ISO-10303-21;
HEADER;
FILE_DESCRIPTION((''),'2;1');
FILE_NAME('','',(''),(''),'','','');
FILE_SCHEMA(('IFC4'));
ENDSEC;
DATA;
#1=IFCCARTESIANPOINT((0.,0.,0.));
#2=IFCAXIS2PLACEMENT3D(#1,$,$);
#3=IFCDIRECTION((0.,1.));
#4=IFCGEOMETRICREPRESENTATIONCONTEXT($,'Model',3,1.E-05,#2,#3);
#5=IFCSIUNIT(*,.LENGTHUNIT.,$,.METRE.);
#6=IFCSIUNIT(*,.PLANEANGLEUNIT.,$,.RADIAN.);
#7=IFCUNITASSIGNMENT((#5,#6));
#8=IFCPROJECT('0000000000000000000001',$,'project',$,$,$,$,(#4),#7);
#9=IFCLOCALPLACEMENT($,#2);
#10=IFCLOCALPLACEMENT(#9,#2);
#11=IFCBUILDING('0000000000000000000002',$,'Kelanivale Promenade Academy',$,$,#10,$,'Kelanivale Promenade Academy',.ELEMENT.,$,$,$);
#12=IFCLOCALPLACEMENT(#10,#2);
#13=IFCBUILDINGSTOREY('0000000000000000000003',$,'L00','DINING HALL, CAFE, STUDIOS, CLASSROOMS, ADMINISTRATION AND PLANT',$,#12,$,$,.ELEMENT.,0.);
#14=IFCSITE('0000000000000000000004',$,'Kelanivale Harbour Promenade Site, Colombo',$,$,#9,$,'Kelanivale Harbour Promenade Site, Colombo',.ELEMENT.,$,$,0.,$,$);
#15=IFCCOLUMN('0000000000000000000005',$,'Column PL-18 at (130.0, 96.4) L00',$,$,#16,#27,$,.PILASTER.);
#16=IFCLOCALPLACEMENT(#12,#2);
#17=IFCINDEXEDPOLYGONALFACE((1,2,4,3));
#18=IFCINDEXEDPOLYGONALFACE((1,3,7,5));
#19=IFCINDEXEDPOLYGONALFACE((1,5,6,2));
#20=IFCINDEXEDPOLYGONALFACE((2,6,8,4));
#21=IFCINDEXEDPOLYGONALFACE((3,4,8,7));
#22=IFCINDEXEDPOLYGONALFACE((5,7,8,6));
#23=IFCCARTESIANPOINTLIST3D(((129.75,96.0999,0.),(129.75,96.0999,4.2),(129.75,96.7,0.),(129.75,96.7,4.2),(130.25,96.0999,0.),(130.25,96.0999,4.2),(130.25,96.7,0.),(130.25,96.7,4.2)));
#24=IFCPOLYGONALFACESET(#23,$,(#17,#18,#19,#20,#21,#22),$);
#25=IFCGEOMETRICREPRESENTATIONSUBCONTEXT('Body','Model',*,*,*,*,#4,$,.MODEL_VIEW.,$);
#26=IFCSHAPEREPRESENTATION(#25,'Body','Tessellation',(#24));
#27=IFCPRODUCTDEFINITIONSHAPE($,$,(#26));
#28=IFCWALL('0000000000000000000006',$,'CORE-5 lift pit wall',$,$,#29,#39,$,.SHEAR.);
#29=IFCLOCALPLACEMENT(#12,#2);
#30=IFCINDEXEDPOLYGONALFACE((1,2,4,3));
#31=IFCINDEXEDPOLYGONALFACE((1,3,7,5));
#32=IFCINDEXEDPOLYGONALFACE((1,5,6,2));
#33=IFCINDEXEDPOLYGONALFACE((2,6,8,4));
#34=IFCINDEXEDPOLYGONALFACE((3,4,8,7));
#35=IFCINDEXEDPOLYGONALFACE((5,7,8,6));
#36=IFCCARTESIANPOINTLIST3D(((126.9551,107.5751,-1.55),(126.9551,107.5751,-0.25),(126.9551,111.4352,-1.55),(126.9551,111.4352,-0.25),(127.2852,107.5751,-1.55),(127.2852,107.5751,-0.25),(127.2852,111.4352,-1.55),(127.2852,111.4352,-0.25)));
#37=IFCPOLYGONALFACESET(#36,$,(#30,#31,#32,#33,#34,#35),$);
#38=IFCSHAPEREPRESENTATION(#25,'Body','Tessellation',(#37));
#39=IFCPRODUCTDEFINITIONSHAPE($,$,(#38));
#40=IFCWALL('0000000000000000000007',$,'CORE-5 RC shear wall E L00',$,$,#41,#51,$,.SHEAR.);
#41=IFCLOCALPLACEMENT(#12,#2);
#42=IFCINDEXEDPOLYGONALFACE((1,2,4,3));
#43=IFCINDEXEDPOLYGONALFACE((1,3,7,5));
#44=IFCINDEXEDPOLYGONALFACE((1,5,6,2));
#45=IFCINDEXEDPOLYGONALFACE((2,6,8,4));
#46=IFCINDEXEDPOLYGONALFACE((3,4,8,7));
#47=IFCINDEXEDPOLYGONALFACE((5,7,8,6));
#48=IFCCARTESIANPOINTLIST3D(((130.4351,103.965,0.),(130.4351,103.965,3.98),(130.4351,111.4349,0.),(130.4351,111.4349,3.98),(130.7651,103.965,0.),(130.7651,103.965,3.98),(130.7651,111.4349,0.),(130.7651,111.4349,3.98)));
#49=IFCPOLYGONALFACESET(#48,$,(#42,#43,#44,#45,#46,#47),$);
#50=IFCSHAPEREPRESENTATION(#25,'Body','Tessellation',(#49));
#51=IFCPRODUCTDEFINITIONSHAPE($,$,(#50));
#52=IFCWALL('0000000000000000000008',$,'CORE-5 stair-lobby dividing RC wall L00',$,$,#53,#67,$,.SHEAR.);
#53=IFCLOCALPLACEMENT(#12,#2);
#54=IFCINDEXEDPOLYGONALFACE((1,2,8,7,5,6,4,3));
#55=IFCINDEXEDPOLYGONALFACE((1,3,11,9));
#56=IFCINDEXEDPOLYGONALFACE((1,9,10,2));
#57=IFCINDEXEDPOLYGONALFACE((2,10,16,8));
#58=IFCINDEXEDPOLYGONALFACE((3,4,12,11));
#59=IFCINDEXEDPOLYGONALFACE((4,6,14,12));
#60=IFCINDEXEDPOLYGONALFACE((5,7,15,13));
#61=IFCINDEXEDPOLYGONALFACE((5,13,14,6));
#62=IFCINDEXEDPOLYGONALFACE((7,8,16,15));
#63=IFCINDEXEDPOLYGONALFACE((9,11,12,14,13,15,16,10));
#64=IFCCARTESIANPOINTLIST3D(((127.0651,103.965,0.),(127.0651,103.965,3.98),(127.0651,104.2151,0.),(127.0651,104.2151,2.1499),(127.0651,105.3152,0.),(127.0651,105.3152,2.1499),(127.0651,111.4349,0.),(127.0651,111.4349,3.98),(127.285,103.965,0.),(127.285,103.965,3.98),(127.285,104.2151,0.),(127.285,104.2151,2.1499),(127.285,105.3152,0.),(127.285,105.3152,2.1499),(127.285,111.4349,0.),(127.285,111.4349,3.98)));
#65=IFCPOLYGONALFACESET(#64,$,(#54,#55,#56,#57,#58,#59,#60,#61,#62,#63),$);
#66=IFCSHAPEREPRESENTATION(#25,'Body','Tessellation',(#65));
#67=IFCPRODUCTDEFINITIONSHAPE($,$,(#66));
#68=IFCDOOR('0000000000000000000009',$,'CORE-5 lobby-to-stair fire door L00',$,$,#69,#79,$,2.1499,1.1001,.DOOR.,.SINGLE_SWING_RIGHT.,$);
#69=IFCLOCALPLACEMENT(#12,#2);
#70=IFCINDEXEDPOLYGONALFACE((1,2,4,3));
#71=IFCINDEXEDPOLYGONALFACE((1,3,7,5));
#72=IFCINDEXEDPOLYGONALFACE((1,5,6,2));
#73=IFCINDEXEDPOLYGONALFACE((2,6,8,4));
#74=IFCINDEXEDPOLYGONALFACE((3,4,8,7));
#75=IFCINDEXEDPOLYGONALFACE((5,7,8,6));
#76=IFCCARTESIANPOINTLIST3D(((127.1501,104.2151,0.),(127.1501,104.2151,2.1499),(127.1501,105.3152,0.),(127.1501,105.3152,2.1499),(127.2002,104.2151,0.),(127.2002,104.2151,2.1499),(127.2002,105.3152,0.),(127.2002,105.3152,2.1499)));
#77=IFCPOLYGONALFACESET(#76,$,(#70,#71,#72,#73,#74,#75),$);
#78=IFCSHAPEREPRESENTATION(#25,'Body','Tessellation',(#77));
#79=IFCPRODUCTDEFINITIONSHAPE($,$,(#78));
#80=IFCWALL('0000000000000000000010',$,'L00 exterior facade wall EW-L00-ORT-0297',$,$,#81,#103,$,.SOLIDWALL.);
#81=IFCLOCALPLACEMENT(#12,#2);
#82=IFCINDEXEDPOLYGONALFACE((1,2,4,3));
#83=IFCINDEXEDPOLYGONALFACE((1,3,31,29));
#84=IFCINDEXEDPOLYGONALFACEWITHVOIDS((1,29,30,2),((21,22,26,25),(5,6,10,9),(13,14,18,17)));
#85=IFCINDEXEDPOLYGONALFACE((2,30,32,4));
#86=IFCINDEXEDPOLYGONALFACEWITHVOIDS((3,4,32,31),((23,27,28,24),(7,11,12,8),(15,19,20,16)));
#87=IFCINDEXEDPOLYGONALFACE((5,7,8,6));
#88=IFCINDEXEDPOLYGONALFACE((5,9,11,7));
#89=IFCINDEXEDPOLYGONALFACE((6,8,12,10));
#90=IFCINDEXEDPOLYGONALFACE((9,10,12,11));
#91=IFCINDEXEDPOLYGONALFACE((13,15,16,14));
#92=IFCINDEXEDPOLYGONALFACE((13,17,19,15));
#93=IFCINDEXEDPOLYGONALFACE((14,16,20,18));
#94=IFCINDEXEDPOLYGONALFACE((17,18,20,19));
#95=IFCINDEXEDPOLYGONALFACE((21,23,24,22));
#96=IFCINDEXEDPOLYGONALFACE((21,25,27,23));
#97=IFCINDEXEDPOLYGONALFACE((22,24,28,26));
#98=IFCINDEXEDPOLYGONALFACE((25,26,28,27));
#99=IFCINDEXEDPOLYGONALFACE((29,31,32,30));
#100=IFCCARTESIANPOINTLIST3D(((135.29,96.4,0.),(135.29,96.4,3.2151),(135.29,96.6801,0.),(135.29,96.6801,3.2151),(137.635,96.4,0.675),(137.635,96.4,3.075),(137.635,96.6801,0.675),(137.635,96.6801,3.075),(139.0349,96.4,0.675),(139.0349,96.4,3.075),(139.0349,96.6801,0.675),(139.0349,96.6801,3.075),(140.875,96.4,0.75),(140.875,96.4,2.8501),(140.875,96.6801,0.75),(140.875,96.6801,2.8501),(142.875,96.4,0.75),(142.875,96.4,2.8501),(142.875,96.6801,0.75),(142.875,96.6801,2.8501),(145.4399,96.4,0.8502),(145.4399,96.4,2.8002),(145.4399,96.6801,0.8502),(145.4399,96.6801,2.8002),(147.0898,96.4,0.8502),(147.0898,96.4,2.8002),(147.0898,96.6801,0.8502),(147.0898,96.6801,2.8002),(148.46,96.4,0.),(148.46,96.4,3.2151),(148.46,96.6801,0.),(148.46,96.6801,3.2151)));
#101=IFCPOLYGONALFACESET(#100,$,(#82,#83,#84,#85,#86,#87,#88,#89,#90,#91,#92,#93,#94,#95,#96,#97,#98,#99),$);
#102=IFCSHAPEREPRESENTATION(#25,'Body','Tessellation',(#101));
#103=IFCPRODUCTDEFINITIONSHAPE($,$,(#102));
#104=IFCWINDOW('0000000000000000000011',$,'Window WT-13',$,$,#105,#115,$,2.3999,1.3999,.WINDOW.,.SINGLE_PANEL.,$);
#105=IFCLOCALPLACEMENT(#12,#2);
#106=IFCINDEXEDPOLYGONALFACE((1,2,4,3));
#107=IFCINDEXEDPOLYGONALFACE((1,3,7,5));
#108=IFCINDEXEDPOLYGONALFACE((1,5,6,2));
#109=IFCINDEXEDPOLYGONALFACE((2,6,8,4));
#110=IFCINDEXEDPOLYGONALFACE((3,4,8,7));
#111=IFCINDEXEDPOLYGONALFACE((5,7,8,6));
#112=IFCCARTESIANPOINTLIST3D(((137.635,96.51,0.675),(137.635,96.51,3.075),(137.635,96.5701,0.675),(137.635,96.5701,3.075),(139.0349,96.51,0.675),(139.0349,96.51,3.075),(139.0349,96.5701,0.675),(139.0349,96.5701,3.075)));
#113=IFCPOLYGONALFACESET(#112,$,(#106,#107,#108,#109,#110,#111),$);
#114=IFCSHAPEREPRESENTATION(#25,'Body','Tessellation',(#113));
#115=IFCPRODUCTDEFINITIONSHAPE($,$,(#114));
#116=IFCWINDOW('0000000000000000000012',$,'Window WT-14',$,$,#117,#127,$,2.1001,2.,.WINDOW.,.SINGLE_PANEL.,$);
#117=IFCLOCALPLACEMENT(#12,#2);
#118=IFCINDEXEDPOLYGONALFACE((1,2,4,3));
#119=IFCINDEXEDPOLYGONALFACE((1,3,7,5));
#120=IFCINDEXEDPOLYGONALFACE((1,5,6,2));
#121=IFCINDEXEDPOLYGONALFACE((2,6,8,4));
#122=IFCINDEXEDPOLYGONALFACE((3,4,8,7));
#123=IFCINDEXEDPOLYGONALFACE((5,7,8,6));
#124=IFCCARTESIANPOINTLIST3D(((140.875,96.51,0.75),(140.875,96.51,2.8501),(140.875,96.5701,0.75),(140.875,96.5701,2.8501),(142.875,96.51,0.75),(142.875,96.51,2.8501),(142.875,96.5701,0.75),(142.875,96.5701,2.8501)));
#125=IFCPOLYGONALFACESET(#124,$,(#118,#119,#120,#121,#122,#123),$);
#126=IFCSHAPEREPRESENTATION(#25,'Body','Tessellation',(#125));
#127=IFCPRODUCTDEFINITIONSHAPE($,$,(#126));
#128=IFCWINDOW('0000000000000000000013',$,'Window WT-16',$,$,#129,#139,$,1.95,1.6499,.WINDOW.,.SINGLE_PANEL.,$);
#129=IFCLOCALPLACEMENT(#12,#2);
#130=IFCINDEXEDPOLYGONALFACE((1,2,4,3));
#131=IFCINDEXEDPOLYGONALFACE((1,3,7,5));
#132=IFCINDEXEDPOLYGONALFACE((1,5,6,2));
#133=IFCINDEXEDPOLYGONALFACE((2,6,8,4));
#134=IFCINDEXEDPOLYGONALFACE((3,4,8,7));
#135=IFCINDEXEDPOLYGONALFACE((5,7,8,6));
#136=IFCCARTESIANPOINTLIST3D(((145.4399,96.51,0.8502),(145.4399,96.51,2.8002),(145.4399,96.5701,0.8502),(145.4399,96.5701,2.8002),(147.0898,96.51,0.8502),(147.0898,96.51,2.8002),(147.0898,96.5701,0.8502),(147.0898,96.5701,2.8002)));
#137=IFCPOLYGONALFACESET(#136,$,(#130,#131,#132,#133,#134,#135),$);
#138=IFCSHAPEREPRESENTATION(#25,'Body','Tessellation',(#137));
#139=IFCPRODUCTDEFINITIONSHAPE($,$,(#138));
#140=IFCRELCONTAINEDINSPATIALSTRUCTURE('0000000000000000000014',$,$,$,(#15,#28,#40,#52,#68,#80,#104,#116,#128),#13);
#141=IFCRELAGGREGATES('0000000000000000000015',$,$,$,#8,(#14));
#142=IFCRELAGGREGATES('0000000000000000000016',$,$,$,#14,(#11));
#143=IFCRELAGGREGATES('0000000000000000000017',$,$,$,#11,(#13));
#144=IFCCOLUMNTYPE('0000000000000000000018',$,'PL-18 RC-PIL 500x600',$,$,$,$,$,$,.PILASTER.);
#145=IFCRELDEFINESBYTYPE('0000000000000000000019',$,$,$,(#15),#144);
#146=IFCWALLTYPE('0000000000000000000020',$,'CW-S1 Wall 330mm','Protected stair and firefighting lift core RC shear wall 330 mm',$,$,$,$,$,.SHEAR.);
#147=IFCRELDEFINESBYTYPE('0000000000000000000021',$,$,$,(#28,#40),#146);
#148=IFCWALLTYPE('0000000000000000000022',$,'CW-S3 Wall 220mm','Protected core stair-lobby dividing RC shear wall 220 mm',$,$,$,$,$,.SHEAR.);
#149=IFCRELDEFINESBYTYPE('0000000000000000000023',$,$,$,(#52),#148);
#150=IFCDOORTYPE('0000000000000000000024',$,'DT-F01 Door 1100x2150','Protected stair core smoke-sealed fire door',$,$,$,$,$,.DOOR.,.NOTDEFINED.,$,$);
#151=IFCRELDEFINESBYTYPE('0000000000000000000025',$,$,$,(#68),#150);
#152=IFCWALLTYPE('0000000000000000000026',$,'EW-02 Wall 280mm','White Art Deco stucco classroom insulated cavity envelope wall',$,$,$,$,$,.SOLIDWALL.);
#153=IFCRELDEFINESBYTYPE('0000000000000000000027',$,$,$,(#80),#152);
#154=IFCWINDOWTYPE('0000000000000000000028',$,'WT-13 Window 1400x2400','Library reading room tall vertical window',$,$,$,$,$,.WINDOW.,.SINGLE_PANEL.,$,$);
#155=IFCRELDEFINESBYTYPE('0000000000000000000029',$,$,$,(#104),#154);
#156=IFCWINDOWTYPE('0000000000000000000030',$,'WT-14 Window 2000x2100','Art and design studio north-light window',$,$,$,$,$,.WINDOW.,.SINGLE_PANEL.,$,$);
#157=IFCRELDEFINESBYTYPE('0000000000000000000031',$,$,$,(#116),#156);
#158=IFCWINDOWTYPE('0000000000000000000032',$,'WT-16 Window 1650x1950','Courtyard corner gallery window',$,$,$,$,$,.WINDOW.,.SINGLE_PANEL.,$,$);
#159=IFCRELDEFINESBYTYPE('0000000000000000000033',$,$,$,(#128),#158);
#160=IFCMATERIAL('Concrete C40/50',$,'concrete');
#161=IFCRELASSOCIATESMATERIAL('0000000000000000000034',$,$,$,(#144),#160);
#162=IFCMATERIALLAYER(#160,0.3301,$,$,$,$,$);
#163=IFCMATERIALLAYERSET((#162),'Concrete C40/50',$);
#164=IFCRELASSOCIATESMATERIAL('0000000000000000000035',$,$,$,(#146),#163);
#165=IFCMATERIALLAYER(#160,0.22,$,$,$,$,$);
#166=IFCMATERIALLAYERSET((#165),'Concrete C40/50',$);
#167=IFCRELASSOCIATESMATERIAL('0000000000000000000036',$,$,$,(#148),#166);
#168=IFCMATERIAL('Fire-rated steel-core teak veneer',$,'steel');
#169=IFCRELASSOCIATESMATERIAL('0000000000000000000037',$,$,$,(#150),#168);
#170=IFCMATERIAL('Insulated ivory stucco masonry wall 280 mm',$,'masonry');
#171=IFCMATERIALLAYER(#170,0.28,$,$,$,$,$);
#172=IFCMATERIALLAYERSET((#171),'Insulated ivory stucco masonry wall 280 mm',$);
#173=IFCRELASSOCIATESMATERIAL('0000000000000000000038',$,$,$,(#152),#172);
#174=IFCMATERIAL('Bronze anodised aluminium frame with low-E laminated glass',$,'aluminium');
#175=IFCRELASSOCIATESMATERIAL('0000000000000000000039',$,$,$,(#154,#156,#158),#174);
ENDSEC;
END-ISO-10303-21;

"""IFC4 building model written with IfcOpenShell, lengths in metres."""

from ifc_helpers import new_model, si_unit, direction, frame, frame_2d, origin, origin_2d, place, context, subcontext, project, spatial, rectangle, extrude, material, layer, layer_set, material_profile, profile_set, type_object, element, fill, save


model = new_model("IFC4")

# Units and contexts
model_context = context("Model", 3, precision=1e-05, world=origin(), true_north=direction((0.0, 1.0)))
body_context = subcontext(model_context, "Body", "Model", "MODEL_VIEW")
ifc_project = project(units=[si_unit("LENGTHUNIT", "METRE"), si_unit("PLANEANGLEUNIT", "RADIAN")], contexts=[model_context])

# Site, building, storey
site_placement = place(None, origin())
site = spatial("IfcSite", under=ifc_project, at=site_placement, Name="Kelanivale Harbour Promenade Site, Colombo", LongName="Kelanivale Harbour Promenade Site, Colombo", CompositionType="ELEMENT", RefElevation=0.0)
building_placement = place(site_placement, origin())
building = spatial("IfcBuilding", under=site, at=building_placement, Name="Kelanivale Promenade Academy", LongName="Kelanivale Promenade Academy", CompositionType="ELEMENT")
storey_placement = place(building_placement, origin())
storey = spatial("IfcBuildingStorey", under=building, at=storey_placement, Name="L00", Description="DINING HALL, CAFE, STUDIOS, CLASSROOMS, ADMINISTRATION AND PLANT", CompositionType="ELEMENT", Elevation=0.0)

# Column
ifc_material_1 = material(Name="Concrete C40/50", Category="concrete")
ifc_material_profile_1 = material_profile(ifc_material_1, rectangle(XDim=0.5, YDim=0.6001, at=origin_2d()), Name="RC-PIL 500x600")
ifc_profile_set_1 = profile_set([ifc_material_profile_1], Name="Concrete C40/50")
column_type_1 = type_object("IfcColumnType", Name="PL-18 RC-PIL 500x600", PredefinedType="PILASTER", material=ifc_profile_set_1)
column_1_placement = place(storey_placement, frame((130.0, 96.3999, 0.0), z_axis=(0.0, 0.0, 1.0), x_axis=(1.0, 0.0, 0.0)))
element("IfcColumn", 1, at=column_1_placement, inside=storey, type_object=column_type_1, Name="Column PL-18 at (130.0, 96.4) L00", PredefinedType="PILASTER", context=body_context, shape_type="SweptSolid", body=[
    extrude(rectangle(XDim=0.5, YDim=0.6001, at=origin_2d()), origin(), (0.0, 0.0, 1.0), 4.2),
])

# Walls
ifc_layer_1 = layer(ifc_material_1, 0.3301)
ifc_layer_set_1 = layer_set([ifc_layer_1], Name="Concrete C40/50")
wall_type_1 = type_object("IfcWallType", Name="CW-S1 Wall 330mm", Description="Protected stair and firefighting lift core RC shear wall 330 mm", PredefinedType="SHEAR", material=ifc_layer_set_1)
wall_1_placement = place(storey_placement, frame((127.1201, 107.575, -1.55), z_axis=(0.0, 0.0, 1.0), x_axis=(0.0, 1.0, 0.0)))
element("IfcWall", 2, at=wall_1_placement, inside=storey, type_object=wall_type_1, Name="CORE-5 lift pit wall", PredefinedType="SHEAR", context=body_context, shape_type="SweptSolid", body=[
    extrude(rectangle(XDim=3.8601, YDim=0.3301, at=frame_2d((1.9302, 0.0))), origin(), (0.0, 0.0, 1.0), 1.3),
])
wall_2_placement = place(storey_placement, frame((130.6001, 103.9651, 0.0), z_axis=(0.0, 0.0, 1.0), x_axis=(0.0, 1.0, 0.0)))
element("IfcWall", 3, at=wall_2_placement, inside=storey, type_object=wall_type_1, Name="CORE-5 RC shear wall E L00", PredefinedType="SHEAR", context=body_context, shape_type="SweptSolid", body=[
    extrude(rectangle(XDim=7.47, YDim=0.3301, at=frame_2d((3.7349, 0.0))), origin(), (0.0, 0.0, 1.0), 3.98),
])

# Shared definitions
ifc_material_2 = material(Name="Fire-rated steel-core teak veneer", Category="steel")

# Wall, opening, door
ifc_layer_2 = layer(ifc_material_1, 0.22)
ifc_layer_set_2 = layer_set([ifc_layer_2], Name="Concrete C40/50")
wall_type_2 = type_object("IfcWallType", Name="CW-S3 Wall 220mm", Description="Protected core stair-lobby dividing RC shear wall 220 mm", PredefinedType="SHEAR", material=ifc_layer_set_2)
wall_3_placement = place(storey_placement, frame((127.175, 103.9651, 0.0), z_axis=(0.0, 0.0, 1.0), x_axis=(0.0, 1.0, 0.0)))
wall_3 = element("IfcWall", 4, at=wall_3_placement, inside=storey, type_object=wall_type_2, Name="CORE-5 stair-lobby dividing RC wall L00", PredefinedType="SHEAR", context=body_context, shape_type="SweptSolid", body=[
    extrude(rectangle(XDim=7.47, YDim=0.22, at=frame_2d((3.7349, 0.0))), origin(), (0.0, 0.0, 1.0), 3.98),
])
opening_1_placement = place(wall_3_placement, frame((0.25, 0.0, 0.0)))
opening_1 = element("IfcOpeningElement", 5, at=opening_1_placement, cuts=wall_3, PredefinedType="OPENING", context=body_context, shape_type="SweptSolid", body=[
    extrude(rectangle(XDim=1.1001, YDim=2.1499, at=frame_2d((0.55, 1.075))), frame((0.0, 0.1201, 0.0), z_axis=(0.0, -1.0, 0.0), x_axis=(1.0, 0.0, 0.0)), (0.0, 0.0, 1.0), 0.24),
])
door_type_1 = type_object("IfcDoorType", Name="DT-F01 Door 1100x2150", Description="Protected stair core smoke-sealed fire door", OperationType="NOTDEFINED", PredefinedType="DOOR", material=ifc_material_2)
door_1_placement = place(opening_1_placement, origin())
door_1 = element("IfcDoor", 6, at=door_1_placement, inside=storey, type_object=door_type_1, Name="CORE-5 lobby-to-stair fire door L00", OperationType="SINGLE_SWING_RIGHT", OverallHeight=2.1499, OverallWidth=1.1001, PredefinedType="DOOR", context=body_context, shape_type="SweptSolid", body=[
    extrude(rectangle(XDim=1.1001, YDim=2.1499, at=frame_2d((0.55, 1.075))), frame((0.0, 0.0249, 0.0), z_axis=(0.0, -1.0, 0.0), x_axis=(1.0, 0.0, 0.0)), (0.0, 0.0, 1.0), 0.05),
])
fill(opening_1, door_1)

# Wall, openings, windows
ifc_material_3 = material(Name="Insulated ivory stucco masonry wall 280 mm", Category="masonry")
ifc_layer_3 = layer(ifc_material_3, 0.28)
ifc_layer_set_3 = layer_set([ifc_layer_3], Name="Insulated ivory stucco masonry wall 280 mm")
wall_type_3 = type_object("IfcWallType", Name="EW-02 Wall 280mm", Description="White Art Deco stucco classroom insulated cavity envelope wall", PredefinedType="SOLIDWALL", material=ifc_layer_set_3)
wall_4_placement = place(storey_placement, frame((135.29, 96.54, 0.0), z_axis=(0.0, 0.0, 1.0), x_axis=(1.0, 0.0, 0.0)))
wall_4 = element("IfcWall", 7, at=wall_4_placement, inside=storey, type_object=wall_type_3, Name="L00 exterior facade wall EW-L00-ORT-0297", PredefinedType="SOLIDWALL", context=body_context, shape_type="SweptSolid", body=[
    extrude(rectangle(XDim=13.1699, YDim=0.28, at=frame_2d((6.585, 0.0))), origin(), (0.0, 0.0, 1.0), 3.2151),
])
opening_2_placement = place(wall_4_placement, frame((2.345, 0.0, 0.675)))
opening_2 = element("IfcOpeningElement", 8, at=opening_2_placement, cuts=wall_4, PredefinedType="OPENING", context=body_context, shape_type="SweptSolid", body=[
    extrude(rectangle(XDim=1.3999, YDim=2.3999, at=frame_2d((0.7, 1.2))), frame((0.0, 0.1499, 0.0), z_axis=(0.0, -1.0, 0.0), x_axis=(1.0, 0.0, 0.0)), (0.0, 0.0, 1.0), 0.3),
])
opening_3_placement = place(wall_4_placement, frame((5.585, 0.0, 0.75)))
opening_3 = element("IfcOpeningElement", 9, at=opening_3_placement, cuts=wall_4, PredefinedType="OPENING", context=body_context, shape_type="SweptSolid", body=[
    extrude(rectangle(XDim=2.0, YDim=2.1001, at=frame_2d((1.0, 1.05))), frame((0.0, 0.1499, 0.0), z_axis=(0.0, -1.0, 0.0), x_axis=(1.0, 0.0, 0.0)), (0.0, 0.0, 1.0), 0.3),
])
opening_4_placement = place(wall_4_placement, frame((10.1499, 0.0, 0.8501)))
opening_4 = element("IfcOpeningElement", 10, at=opening_4_placement, cuts=wall_4, PredefinedType="OPENING", context=body_context, shape_type="SweptSolid", body=[
    extrude(rectangle(XDim=1.6499, YDim=1.95, at=frame_2d((0.825, 0.9751))), frame((0.0, 0.1499, 0.0), z_axis=(0.0, -1.0, 0.0), x_axis=(1.0, 0.0, 0.0)), (0.0, 0.0, 1.0), 0.3),
])
ifc_material_4 = material(Name="Bronze anodised aluminium frame with low-E laminated glass", Category="aluminium")
window_type_1 = type_object("IfcWindowType", Name="WT-13 Window 1400x2400", Description="Library reading room tall vertical window", PartitioningType="SINGLE_PANEL", PredefinedType="WINDOW", material=ifc_material_4)
window_1_placement = place(opening_2_placement, origin())
window_1 = element("IfcWindow", 11, at=window_1_placement, inside=storey, type_object=window_type_1, Name="Window WT-13", OverallHeight=2.3999, OverallWidth=1.3999, PartitioningType="SINGLE_PANEL", PredefinedType="WINDOW", context=body_context, shape_type="SweptSolid", body=[
    extrude(rectangle(XDim=1.3999, YDim=2.3999, at=frame_2d((0.7, 1.2))), frame((0.0, 0.03, 0.0), z_axis=(0.0, -1.0, 0.0), x_axis=(1.0, 0.0, 0.0)), (0.0, 0.0, 1.0), 0.0601),
])
fill(opening_2, window_1)
window_type_2 = type_object("IfcWindowType", Name="WT-14 Window 2000x2100", Description="Art and design studio north-light window", PartitioningType="SINGLE_PANEL", PredefinedType="WINDOW", material=ifc_material_4)
window_2_placement = place(opening_3_placement, origin())
window_2 = element("IfcWindow", 12, at=window_2_placement, inside=storey, type_object=window_type_2, Name="Window WT-14", OverallHeight=2.1001, OverallWidth=2.0, PartitioningType="SINGLE_PANEL", PredefinedType="WINDOW", context=body_context, shape_type="SweptSolid", body=[
    extrude(rectangle(XDim=2.0, YDim=2.1001, at=frame_2d((1.0, 1.05))), frame((0.0, 0.03, 0.0), z_axis=(0.0, -1.0, 0.0), x_axis=(1.0, 0.0, 0.0)), (0.0, 0.0, 1.0), 0.0601),
])
fill(opening_3, window_2)
window_type_3 = type_object("IfcWindowType", Name="WT-16 Window 1650x1950", Description="Courtyard corner gallery window", PartitioningType="SINGLE_PANEL", PredefinedType="WINDOW", material=ifc_material_4)
window_3_placement = place(opening_4_placement, origin())
window_3 = element("IfcWindow", 13, at=window_3_placement, inside=storey, type_object=window_type_3, Name="Window WT-16", OverallHeight=1.95, OverallWidth=1.6499, PartitioningType="SINGLE_PANEL", PredefinedType="WINDOW", context=body_context, shape_type="SweptSolid", body=[
    extrude(rectangle(XDim=1.6499, YDim=1.95, at=frame_2d((0.825, 0.9751))), frame((0.0, 0.03, 0.0), z_axis=(0.0, -1.0, 0.0), x_axis=(1.0, 0.0, 0.0)), (0.0, 0.0, 1.0), 0.0601),
])
fill(opening_4, window_3)

save(model, "model.ifc")
